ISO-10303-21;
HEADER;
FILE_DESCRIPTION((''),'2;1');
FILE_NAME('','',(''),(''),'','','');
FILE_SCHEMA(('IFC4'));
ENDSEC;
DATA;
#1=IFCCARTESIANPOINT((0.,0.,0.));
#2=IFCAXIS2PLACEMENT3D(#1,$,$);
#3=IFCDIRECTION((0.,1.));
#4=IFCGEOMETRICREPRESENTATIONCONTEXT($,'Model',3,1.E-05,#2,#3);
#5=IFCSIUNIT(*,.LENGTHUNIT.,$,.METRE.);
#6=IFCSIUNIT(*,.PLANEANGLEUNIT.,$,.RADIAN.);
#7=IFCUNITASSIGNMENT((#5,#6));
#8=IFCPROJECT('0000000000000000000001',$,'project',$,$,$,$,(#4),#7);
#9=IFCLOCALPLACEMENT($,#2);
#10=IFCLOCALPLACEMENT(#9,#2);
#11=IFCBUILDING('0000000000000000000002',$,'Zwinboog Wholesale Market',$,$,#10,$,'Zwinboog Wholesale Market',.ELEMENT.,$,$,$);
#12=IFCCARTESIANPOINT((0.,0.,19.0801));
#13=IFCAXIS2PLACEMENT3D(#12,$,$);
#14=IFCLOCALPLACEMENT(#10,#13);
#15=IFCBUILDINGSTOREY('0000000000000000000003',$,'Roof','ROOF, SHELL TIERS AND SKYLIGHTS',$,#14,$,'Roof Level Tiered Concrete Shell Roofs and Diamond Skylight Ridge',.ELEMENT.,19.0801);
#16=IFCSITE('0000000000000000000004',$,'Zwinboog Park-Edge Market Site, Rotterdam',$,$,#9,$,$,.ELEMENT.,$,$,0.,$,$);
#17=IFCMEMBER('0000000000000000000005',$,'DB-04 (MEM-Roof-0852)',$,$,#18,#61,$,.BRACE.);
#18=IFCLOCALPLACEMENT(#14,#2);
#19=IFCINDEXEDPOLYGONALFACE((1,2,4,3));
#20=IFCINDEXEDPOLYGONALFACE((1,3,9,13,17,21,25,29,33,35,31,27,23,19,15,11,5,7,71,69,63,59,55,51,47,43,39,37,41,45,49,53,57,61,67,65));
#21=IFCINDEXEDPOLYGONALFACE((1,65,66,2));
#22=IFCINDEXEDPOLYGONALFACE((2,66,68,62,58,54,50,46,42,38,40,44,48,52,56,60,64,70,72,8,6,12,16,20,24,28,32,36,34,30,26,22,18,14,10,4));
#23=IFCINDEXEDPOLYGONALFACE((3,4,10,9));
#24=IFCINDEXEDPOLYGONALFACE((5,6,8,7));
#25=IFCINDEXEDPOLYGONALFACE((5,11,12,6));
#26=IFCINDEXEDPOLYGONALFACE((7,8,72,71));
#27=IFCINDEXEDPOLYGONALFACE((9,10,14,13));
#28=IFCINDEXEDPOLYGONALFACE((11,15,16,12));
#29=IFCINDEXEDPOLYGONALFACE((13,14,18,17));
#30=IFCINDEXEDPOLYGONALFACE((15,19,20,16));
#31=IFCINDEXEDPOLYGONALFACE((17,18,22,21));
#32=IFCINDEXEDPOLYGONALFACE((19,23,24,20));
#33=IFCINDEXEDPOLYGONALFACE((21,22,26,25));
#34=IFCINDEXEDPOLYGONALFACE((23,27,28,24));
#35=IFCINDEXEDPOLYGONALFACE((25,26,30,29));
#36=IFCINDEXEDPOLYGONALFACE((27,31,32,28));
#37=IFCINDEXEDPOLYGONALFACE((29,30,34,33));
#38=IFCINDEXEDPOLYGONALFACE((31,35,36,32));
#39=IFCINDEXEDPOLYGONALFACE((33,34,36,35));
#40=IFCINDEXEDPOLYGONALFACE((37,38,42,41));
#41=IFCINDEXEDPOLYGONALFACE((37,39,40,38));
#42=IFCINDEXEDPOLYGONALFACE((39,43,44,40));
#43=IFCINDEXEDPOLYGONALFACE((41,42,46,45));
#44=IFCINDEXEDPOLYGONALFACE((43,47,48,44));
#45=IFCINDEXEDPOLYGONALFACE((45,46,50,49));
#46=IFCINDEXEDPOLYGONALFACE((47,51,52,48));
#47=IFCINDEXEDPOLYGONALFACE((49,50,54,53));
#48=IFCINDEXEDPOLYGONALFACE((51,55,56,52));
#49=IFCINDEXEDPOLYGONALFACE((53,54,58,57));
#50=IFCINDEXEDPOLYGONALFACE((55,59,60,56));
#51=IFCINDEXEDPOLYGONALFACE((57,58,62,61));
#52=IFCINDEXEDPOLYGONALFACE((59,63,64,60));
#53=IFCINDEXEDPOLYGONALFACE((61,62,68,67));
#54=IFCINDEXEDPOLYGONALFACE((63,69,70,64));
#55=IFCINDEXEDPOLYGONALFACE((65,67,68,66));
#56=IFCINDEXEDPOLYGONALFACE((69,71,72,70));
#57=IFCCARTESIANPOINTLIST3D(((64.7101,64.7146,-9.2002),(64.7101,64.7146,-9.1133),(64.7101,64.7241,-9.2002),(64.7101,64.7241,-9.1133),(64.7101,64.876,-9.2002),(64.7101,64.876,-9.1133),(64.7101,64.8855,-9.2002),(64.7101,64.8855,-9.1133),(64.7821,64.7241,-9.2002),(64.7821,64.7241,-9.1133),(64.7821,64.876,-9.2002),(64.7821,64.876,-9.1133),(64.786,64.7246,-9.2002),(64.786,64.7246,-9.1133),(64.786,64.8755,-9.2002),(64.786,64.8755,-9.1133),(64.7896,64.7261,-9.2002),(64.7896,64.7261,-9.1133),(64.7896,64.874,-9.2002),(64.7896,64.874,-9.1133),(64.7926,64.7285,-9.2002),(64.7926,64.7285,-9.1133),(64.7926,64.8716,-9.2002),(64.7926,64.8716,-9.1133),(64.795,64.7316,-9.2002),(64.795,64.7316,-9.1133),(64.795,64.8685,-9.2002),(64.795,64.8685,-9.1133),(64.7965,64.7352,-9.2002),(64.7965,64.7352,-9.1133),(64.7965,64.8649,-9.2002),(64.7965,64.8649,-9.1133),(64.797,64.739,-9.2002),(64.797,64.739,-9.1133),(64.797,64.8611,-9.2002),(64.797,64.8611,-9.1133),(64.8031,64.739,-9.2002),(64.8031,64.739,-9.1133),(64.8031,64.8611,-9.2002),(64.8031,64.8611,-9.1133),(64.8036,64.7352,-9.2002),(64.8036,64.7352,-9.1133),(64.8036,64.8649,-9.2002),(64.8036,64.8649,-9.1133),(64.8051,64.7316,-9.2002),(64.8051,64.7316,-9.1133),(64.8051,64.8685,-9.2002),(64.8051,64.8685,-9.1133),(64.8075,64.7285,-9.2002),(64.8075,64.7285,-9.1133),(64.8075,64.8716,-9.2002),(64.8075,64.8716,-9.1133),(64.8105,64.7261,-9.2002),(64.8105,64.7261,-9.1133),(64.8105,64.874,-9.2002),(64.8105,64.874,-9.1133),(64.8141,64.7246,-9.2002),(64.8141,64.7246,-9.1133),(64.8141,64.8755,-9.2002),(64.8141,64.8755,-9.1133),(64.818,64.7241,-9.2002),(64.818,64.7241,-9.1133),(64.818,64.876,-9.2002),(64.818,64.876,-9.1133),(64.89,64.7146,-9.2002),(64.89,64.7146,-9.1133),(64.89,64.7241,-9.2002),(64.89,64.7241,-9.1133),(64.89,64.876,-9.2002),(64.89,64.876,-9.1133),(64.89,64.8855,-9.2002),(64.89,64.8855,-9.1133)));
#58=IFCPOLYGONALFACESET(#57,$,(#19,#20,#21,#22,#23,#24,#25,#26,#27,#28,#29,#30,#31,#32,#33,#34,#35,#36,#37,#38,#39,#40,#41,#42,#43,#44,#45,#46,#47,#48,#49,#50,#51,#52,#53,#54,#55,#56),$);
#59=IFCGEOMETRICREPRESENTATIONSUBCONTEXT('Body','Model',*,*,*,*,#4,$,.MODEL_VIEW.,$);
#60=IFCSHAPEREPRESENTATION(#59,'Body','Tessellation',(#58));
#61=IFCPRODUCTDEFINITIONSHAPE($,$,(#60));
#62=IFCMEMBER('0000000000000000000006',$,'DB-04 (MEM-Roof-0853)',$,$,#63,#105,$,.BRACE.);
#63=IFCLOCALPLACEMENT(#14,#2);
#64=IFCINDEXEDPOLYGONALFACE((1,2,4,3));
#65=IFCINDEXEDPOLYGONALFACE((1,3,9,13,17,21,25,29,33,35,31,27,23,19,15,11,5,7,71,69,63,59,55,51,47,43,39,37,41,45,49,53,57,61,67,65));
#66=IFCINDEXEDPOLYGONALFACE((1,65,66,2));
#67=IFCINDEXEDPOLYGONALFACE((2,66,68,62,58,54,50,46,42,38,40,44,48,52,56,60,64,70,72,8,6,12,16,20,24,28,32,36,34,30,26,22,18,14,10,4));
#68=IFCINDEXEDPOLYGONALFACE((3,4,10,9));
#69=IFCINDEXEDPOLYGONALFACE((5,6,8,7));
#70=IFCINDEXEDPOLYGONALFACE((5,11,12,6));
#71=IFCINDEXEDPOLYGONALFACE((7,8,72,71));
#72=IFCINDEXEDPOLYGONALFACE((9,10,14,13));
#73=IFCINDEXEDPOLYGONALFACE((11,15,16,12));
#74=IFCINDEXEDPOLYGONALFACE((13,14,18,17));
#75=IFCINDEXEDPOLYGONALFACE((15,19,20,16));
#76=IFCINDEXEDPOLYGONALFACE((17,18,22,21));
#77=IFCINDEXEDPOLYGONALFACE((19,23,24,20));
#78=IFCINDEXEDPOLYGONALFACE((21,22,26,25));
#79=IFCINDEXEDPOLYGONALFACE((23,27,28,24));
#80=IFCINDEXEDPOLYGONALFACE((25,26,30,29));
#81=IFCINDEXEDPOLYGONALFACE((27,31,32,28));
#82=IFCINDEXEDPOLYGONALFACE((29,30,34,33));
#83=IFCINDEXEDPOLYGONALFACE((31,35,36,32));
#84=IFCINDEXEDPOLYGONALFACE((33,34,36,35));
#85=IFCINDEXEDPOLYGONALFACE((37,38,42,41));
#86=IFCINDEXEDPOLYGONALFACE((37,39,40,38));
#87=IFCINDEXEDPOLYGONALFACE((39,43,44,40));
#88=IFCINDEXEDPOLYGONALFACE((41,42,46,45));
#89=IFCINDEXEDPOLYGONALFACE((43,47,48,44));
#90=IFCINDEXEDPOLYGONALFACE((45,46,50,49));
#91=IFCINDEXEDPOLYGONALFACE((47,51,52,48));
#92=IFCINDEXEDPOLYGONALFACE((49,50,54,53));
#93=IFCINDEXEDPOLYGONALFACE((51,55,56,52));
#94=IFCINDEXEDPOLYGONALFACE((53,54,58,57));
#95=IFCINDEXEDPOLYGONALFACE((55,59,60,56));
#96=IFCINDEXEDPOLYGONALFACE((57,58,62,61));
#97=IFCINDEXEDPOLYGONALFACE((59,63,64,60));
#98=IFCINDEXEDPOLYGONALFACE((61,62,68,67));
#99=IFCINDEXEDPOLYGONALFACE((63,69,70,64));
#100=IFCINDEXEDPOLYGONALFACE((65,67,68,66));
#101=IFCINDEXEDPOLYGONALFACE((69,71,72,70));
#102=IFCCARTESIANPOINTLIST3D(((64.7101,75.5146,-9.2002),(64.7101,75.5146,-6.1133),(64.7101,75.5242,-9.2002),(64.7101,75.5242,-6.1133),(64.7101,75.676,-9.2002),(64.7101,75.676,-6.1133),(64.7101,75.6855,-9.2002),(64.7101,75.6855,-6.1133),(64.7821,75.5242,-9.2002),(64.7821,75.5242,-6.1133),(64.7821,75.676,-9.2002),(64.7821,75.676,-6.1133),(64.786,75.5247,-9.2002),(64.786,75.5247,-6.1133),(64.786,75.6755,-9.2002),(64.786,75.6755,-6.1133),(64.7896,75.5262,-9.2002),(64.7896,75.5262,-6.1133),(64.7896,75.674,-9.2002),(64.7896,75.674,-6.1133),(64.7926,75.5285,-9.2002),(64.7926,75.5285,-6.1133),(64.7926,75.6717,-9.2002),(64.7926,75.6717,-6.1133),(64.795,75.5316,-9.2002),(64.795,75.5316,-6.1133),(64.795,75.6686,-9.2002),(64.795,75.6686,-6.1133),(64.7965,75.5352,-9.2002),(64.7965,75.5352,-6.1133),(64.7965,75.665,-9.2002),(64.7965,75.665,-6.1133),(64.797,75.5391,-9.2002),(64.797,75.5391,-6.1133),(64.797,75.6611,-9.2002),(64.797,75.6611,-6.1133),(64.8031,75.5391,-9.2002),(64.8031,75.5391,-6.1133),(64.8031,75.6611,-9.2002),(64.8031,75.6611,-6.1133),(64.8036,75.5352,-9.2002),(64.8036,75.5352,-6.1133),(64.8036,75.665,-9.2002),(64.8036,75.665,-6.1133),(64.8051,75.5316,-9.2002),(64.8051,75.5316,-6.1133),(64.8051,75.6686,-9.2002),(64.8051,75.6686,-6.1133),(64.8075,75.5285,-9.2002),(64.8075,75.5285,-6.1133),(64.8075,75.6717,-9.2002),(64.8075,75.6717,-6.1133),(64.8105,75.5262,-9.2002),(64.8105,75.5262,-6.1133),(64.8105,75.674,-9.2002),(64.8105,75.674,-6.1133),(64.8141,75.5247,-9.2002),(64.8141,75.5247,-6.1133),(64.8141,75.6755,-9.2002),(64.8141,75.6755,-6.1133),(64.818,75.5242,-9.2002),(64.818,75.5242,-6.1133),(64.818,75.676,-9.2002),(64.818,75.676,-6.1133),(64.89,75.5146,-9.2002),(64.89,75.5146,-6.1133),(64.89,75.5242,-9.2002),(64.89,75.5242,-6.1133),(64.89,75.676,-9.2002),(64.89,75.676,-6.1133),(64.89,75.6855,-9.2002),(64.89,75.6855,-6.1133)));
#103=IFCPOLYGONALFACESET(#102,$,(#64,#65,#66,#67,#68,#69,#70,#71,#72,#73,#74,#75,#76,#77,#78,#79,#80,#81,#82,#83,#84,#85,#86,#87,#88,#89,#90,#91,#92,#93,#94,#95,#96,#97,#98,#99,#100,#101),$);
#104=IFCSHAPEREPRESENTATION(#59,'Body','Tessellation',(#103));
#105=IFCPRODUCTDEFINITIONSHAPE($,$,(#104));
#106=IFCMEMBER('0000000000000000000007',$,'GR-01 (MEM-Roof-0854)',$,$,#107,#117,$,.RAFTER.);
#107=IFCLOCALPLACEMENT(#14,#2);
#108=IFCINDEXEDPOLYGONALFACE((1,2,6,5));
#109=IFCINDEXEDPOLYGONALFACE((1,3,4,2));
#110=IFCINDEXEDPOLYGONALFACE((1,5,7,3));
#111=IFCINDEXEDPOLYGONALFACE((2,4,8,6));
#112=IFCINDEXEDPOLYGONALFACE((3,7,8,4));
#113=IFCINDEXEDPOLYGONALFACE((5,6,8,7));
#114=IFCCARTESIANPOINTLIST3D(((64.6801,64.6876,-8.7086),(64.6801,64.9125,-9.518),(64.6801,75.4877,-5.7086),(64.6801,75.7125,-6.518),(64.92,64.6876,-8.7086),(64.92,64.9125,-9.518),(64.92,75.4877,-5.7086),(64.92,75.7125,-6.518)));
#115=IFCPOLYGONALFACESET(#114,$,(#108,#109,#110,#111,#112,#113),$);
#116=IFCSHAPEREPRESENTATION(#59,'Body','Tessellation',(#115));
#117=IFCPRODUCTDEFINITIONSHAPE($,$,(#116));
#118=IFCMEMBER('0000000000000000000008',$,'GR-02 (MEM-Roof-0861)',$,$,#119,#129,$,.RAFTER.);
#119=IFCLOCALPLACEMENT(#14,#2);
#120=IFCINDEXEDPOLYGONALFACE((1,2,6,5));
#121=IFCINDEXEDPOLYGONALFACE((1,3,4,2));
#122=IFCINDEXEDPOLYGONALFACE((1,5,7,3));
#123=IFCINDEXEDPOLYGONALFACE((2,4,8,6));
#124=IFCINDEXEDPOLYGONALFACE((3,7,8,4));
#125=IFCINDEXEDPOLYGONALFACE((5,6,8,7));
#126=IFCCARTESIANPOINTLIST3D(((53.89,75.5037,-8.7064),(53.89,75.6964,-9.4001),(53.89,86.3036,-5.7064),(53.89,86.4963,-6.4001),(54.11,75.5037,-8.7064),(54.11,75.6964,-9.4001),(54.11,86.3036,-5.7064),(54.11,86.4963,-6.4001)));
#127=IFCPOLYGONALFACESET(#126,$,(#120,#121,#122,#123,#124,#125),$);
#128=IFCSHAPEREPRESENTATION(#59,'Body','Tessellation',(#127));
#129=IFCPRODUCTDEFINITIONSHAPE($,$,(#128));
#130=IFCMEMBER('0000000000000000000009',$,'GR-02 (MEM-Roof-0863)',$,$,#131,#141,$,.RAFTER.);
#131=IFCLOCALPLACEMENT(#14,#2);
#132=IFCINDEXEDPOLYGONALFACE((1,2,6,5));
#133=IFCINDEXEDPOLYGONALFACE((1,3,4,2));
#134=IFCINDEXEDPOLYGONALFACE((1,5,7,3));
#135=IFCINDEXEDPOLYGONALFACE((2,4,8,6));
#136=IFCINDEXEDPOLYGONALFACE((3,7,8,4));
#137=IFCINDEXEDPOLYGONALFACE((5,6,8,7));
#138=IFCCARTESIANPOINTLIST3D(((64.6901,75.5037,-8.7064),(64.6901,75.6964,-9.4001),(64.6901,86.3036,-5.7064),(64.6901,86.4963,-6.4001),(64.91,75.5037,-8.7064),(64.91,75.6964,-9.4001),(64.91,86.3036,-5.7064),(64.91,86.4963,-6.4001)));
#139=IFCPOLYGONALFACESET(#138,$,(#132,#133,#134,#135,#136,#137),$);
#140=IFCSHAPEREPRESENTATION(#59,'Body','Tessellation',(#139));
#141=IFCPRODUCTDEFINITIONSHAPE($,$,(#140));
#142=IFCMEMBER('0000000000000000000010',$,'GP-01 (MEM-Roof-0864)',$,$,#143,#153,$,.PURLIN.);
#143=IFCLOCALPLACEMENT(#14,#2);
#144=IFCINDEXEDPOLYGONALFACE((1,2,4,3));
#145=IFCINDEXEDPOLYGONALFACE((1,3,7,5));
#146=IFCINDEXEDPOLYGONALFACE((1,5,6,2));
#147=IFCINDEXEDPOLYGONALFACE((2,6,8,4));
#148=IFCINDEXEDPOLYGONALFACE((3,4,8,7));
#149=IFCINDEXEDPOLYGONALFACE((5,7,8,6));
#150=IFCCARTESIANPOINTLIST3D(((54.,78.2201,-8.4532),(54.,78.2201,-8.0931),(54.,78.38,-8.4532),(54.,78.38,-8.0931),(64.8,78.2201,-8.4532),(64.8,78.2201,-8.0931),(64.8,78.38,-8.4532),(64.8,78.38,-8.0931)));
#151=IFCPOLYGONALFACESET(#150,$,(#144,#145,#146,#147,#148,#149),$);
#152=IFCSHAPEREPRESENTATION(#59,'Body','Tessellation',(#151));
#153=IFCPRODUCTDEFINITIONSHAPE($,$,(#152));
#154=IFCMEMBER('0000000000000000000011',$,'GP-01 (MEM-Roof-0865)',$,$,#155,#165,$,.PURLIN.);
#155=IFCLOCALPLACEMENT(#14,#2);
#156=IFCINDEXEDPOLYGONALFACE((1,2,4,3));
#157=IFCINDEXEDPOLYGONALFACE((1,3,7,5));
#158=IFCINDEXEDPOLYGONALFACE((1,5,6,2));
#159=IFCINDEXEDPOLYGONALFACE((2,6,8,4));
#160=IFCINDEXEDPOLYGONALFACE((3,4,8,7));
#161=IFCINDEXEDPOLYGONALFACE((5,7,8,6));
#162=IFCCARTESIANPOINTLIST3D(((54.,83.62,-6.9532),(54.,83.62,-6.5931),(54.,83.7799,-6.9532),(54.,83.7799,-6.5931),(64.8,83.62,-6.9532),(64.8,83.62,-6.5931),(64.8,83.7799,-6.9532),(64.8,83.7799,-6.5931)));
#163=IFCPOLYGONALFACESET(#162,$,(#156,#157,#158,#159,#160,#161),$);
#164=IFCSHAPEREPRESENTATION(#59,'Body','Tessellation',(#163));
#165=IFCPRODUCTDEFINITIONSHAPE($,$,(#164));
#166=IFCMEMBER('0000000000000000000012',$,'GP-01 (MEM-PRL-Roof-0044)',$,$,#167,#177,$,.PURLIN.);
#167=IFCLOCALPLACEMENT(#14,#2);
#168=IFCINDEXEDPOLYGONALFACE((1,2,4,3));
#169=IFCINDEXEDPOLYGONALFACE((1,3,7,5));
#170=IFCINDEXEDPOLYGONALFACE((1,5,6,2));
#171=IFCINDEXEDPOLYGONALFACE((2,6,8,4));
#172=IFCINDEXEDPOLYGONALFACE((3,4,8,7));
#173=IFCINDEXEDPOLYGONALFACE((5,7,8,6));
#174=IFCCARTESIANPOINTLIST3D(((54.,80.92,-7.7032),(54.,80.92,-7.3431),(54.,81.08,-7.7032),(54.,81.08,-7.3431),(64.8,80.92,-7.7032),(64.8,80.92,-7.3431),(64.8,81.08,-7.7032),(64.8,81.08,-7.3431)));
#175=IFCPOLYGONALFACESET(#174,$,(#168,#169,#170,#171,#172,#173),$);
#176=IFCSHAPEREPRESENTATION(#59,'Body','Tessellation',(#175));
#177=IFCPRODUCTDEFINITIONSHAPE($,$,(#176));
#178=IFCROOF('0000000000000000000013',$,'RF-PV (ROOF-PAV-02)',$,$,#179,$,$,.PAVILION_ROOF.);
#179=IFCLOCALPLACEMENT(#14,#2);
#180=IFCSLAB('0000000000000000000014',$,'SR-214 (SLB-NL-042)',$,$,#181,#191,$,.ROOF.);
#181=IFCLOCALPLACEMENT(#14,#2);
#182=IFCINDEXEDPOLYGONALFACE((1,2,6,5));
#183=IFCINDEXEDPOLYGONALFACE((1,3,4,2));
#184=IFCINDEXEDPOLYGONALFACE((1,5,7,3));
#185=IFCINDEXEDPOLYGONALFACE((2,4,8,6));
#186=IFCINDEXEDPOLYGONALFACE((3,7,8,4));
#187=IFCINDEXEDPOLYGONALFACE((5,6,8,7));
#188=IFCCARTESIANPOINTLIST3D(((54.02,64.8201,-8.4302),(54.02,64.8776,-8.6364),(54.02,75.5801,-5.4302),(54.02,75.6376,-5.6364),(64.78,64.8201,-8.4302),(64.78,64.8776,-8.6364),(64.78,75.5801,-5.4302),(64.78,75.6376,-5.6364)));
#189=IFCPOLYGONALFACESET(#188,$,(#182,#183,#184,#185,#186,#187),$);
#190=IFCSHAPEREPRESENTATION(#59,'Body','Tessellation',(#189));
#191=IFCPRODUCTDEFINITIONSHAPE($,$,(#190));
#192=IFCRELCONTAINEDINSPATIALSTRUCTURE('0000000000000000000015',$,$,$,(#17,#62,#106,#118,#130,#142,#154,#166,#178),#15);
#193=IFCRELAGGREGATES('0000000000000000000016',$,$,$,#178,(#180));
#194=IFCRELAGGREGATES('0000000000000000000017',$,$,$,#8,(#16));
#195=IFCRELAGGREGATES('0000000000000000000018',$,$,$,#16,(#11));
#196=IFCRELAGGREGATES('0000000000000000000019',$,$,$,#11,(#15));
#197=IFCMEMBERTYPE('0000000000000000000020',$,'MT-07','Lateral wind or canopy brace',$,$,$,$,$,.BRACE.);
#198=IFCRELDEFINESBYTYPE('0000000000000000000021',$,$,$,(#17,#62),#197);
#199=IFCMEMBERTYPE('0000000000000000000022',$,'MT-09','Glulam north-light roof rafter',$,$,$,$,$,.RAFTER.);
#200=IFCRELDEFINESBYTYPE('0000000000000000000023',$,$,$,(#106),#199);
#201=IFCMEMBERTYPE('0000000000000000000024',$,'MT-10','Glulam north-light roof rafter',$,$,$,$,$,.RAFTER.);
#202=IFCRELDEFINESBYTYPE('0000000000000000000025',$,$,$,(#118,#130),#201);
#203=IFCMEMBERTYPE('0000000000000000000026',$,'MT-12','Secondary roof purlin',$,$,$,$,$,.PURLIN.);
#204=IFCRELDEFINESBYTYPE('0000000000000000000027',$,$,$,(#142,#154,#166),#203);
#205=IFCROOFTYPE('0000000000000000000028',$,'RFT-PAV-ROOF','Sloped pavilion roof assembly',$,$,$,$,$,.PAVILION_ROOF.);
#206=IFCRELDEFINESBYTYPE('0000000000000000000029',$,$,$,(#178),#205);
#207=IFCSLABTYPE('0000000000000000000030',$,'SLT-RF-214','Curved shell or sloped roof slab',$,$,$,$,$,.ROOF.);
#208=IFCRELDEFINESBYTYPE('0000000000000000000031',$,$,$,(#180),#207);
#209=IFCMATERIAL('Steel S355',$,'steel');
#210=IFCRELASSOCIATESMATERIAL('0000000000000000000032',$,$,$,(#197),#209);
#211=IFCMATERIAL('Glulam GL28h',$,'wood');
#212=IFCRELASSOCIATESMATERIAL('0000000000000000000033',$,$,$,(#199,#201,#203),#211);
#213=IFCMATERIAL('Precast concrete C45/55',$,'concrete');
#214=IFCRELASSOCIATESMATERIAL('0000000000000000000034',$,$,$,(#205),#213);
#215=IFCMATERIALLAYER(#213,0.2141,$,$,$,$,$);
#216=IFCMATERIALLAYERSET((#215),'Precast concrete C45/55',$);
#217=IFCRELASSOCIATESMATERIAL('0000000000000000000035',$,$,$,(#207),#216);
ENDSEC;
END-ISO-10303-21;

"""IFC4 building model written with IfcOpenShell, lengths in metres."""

from ifc_helpers import new_model, si_unit, direction, frame, origin, origin_2d, place, context, subcontext, project, spatial, polyline, rectangle, i_section, outline, extrude, material, layer, layer_set, material_profile, profile_set, type_object, element, aggregate, save


model = new_model("IFC4")

# Units and contexts
model_context = context("Model", 3, precision=1e-05, world=origin(), true_north=direction((0.0, 1.0)))
body_context = subcontext(model_context, "Body", "Model", "MODEL_VIEW")
ifc_project = project(units=[si_unit("LENGTHUNIT", "METRE"), si_unit("PLANEANGLEUNIT", "RADIAN")], contexts=[model_context])

# Site, building, storey
site_placement = place(None, origin())
site = spatial("IfcSite", under=ifc_project, at=site_placement, Name="Zwinboog Park-Edge Market Site, Rotterdam", CompositionType="ELEMENT", RefElevation=0.0)
building_placement = place(site_placement, origin())
building = spatial("IfcBuilding", under=site, at=building_placement, Name="Zwinboog Wholesale Market", LongName="Zwinboog Wholesale Market", CompositionType="ELEMENT")
storey_placement = place(building_placement, frame((0.0, 0.0, 19.0801)))
storey = spatial("IfcBuildingStorey", under=building, at=storey_placement, Name="Roof", Description="ROOF, SHELL TIERS AND SKYLIGHTS", LongName="Roof Level Tiered Concrete Shell Roofs and Diamond Skylight Ridge", CompositionType="ELEMENT", Elevation=19.0801)

# Shared definitions
ifc_material_1 = material(Name="Precast concrete C45/55", Category="concrete")

# Members
ifc_material_2 = material(Name="Steel S355", Category="steel")
ifc_material_profile_1 = material_profile(ifc_material_2, i_section(OverallWidth=0.1799, OverallDepth=0.1709, WebThickness=0.0061, FlangeThickness=0.0095, FilletRadius=0.0149, at=origin_2d()), Name="HEA 180")
ifc_profile_set_1 = profile_set([ifc_material_profile_1], Name="Steel S355")
member_type_1 = type_object("IfcMemberType", Name="MT-07", Description="Lateral wind or canopy brace", PredefinedType="BRACE", material=ifc_profile_set_1)
member_1_placement = place(storey_placement, frame((64.8, 64.8, -9.2002), z_axis=(0.0, 0.0, 1.0), x_axis=(1.0, 0.0, 0.0)))
element("IfcMember", 1, at=member_1_placement, inside=storey, type_object=member_type_1, Name="DB-04 (MEM-Roof-0852)", PredefinedType="BRACE", context=body_context, shape_type="SweptSolid", body=[
    extrude(i_section(OverallWidth=0.1799, OverallDepth=0.1709, WebThickness=0.0061, FlangeThickness=0.0095, FilletRadius=0.0149, at=origin_2d()), origin(), (0.0, 0.0, 1.0), 0.0869),
])
member_2_placement = place(storey_placement, frame((64.8, 75.6001, -9.2002), z_axis=(0.0, 0.0, 1.0), x_axis=(1.0, 0.0, 0.0)))
element("IfcMember", 2, at=member_2_placement, inside=storey, type_object=member_type_1, Name="DB-04 (MEM-Roof-0853)", PredefinedType="BRACE", context=body_context, shape_type="SweptSolid", body=[
    extrude(i_section(OverallWidth=0.1799, OverallDepth=0.1709, WebThickness=0.0061, FlangeThickness=0.0095, FilletRadius=0.0149, at=origin_2d()), origin(), (0.0, 0.0, 1.0), 3.0869),
])
ifc_material_3 = material(Name="Glulam GL28h", Category="wood")
ifc_material_profile_2 = material_profile(ifc_material_3, rectangle(XDim=0.24, YDim=0.8401, at=origin_2d()), Name="GL28h 240x840")
ifc_profile_set_2 = profile_set([ifc_material_profile_2], Name="Glulam GL28h")
member_type_2 = type_object("IfcMemberType", Name="MT-09", Description="Glulam north-light roof rafter", PredefinedType="RAFTER", material=ifc_profile_set_2)
member_3_placement = place(storey_placement, frame((64.8, 64.8, -9.1133), z_axis=(0.0, 0.963518, 0.267643), x_axis=(-1.0, 0.0, 0.0)))
element("IfcMember", 3, at=member_3_placement, inside=storey, type_object=member_type_2, Name="GR-01 (MEM-Roof-0854)", PredefinedType="RAFTER", context=body_context, shape_type="SweptSolid", body=[
    extrude(rectangle(XDim=0.24, YDim=0.8401, at=origin_2d()), origin(), (0.0, 0.0, 1.0), 11.209),
])
ifc_material_profile_3 = material_profile(ifc_material_3, rectangle(XDim=0.22, YDim=0.72, at=origin_2d()), Name="GL28h 220x720")
ifc_profile_set_3 = profile_set([ifc_material_profile_3], Name="Glulam GL28h")
member_type_3 = type_object("IfcMemberType", Name="MT-10", Description="Glulam north-light roof rafter", PredefinedType="RAFTER", material=ifc_profile_set_3)
for number, where, z_axis, x_axis, name in (
    (4, (54.0, 75.6001, -9.0532), (0.0, 0.963517, 0.267648), (-1.0, 0.0, 0.0), "GR-02 (MEM-Roof-0861)"),
    (5, (64.8, 75.6001, -9.0532), (0.0, 0.963517, 0.267648), (-1.0, 0.0, 0.0), "GR-02 (MEM-Roof-0863)"),
):
    element("IfcMember", number, at=place(storey_placement, frame(where, z_axis=z_axis, x_axis=x_axis)), inside=storey, type_object=member_type_3, Name=name, PredefinedType="RAFTER", context=body_context, shape_type="SweptSolid", body=[
        extrude(rectangle(XDim=0.22, YDim=0.72, at=origin_2d()), origin(), (0.0, 0.0, 1.0), 11.2087),
    ])
ifc_material_profile_4 = material_profile(ifc_material_3, rectangle(XDim=0.1599, YDim=0.3601, at=origin_2d()), Name="GL28h 160x360")
ifc_profile_set_4 = profile_set([ifc_material_profile_4], Name="Glulam GL28h")
member_type_4 = type_object("IfcMemberType", Name="MT-12", Description="Secondary roof purlin", PredefinedType="PURLIN", material=ifc_profile_set_4)
for number, where, z_axis, x_axis, name in (
    (6, (54.0, 78.3, -8.2732), (1.0, 0.0, 0.0), (0.0, 1.0, 0.0), "GP-01 (MEM-Roof-0864)"),
    (7, (54.0, 83.7, -6.7732), (1.0, 0.0, 0.0), (0.0, 1.0, 0.0), "GP-01 (MEM-Roof-0865)"),
    (8, (54.0, 81.0, -7.5232), (1.0, 0.0, 0.0), (0.0, 1.0, 0.0), "GP-01 (MEM-PRL-Roof-0044)"),
):
    element("IfcMember", number, at=place(storey_placement, frame(where, z_axis=z_axis, x_axis=x_axis)), inside=storey, type_object=member_type_4, Name=name, PredefinedType="PURLIN", context=body_context, shape_type="SweptSolid", body=[
        extrude(rectangle(XDim=0.1599, YDim=0.3601, at=origin_2d()), origin(), (0.0, 0.0, 1.0), 10.8),
    ])

# Roof, slab
roof_type = type_object("IfcRoofType", Name="RFT-PAV-ROOF", Description="Sloped pavilion roof assembly", PredefinedType="PAVILION_ROOF", material=ifc_material_1)
roof_1_placement = place(storey_placement, origin())
roof_1 = element("IfcRoof", 9, at=roof_1_placement, inside=storey, type_object=roof_type, Name="RF-PV (ROOF-PAV-02)", PredefinedType="PAVILION_ROOF")
ifc_layer_1 = layer(ifc_material_1, 0.2141)
ifc_layer_set_1 = layer_set([ifc_layer_1], Name="Precast concrete C45/55")
slab_type = type_object("IfcSlabType", Name="SLT-RF-214", Description="Curved shell or sloped roof slab", PredefinedType="ROOF", material=ifc_layer_set_1)
slab_1_placement = place(storey_placement, frame((54.02, 64.8201, -8.4302), z_axis=(0.0, -0.268567, 0.963261), x_axis=(1.0, 0.0, 0.0)))
slab_1 = element("IfcSlab", 10, at=slab_1_placement, type_object=slab_type, Name="SR-214 (SLB-NL-042)", PredefinedType="ROOF", context=body_context, shape_type="SweptSolid", body=[
    extrude(outline(polyline([(0.0, 0.0), (10.76, 0.0), (10.76, 11.1704), (0.0, 11.1704), (0.0, 0.0)])), origin(), (0.0, 0.0, -1.0), 0.2141),
])
aggregate(roof_1, [slab_1])

save(model, "model.ifc")
